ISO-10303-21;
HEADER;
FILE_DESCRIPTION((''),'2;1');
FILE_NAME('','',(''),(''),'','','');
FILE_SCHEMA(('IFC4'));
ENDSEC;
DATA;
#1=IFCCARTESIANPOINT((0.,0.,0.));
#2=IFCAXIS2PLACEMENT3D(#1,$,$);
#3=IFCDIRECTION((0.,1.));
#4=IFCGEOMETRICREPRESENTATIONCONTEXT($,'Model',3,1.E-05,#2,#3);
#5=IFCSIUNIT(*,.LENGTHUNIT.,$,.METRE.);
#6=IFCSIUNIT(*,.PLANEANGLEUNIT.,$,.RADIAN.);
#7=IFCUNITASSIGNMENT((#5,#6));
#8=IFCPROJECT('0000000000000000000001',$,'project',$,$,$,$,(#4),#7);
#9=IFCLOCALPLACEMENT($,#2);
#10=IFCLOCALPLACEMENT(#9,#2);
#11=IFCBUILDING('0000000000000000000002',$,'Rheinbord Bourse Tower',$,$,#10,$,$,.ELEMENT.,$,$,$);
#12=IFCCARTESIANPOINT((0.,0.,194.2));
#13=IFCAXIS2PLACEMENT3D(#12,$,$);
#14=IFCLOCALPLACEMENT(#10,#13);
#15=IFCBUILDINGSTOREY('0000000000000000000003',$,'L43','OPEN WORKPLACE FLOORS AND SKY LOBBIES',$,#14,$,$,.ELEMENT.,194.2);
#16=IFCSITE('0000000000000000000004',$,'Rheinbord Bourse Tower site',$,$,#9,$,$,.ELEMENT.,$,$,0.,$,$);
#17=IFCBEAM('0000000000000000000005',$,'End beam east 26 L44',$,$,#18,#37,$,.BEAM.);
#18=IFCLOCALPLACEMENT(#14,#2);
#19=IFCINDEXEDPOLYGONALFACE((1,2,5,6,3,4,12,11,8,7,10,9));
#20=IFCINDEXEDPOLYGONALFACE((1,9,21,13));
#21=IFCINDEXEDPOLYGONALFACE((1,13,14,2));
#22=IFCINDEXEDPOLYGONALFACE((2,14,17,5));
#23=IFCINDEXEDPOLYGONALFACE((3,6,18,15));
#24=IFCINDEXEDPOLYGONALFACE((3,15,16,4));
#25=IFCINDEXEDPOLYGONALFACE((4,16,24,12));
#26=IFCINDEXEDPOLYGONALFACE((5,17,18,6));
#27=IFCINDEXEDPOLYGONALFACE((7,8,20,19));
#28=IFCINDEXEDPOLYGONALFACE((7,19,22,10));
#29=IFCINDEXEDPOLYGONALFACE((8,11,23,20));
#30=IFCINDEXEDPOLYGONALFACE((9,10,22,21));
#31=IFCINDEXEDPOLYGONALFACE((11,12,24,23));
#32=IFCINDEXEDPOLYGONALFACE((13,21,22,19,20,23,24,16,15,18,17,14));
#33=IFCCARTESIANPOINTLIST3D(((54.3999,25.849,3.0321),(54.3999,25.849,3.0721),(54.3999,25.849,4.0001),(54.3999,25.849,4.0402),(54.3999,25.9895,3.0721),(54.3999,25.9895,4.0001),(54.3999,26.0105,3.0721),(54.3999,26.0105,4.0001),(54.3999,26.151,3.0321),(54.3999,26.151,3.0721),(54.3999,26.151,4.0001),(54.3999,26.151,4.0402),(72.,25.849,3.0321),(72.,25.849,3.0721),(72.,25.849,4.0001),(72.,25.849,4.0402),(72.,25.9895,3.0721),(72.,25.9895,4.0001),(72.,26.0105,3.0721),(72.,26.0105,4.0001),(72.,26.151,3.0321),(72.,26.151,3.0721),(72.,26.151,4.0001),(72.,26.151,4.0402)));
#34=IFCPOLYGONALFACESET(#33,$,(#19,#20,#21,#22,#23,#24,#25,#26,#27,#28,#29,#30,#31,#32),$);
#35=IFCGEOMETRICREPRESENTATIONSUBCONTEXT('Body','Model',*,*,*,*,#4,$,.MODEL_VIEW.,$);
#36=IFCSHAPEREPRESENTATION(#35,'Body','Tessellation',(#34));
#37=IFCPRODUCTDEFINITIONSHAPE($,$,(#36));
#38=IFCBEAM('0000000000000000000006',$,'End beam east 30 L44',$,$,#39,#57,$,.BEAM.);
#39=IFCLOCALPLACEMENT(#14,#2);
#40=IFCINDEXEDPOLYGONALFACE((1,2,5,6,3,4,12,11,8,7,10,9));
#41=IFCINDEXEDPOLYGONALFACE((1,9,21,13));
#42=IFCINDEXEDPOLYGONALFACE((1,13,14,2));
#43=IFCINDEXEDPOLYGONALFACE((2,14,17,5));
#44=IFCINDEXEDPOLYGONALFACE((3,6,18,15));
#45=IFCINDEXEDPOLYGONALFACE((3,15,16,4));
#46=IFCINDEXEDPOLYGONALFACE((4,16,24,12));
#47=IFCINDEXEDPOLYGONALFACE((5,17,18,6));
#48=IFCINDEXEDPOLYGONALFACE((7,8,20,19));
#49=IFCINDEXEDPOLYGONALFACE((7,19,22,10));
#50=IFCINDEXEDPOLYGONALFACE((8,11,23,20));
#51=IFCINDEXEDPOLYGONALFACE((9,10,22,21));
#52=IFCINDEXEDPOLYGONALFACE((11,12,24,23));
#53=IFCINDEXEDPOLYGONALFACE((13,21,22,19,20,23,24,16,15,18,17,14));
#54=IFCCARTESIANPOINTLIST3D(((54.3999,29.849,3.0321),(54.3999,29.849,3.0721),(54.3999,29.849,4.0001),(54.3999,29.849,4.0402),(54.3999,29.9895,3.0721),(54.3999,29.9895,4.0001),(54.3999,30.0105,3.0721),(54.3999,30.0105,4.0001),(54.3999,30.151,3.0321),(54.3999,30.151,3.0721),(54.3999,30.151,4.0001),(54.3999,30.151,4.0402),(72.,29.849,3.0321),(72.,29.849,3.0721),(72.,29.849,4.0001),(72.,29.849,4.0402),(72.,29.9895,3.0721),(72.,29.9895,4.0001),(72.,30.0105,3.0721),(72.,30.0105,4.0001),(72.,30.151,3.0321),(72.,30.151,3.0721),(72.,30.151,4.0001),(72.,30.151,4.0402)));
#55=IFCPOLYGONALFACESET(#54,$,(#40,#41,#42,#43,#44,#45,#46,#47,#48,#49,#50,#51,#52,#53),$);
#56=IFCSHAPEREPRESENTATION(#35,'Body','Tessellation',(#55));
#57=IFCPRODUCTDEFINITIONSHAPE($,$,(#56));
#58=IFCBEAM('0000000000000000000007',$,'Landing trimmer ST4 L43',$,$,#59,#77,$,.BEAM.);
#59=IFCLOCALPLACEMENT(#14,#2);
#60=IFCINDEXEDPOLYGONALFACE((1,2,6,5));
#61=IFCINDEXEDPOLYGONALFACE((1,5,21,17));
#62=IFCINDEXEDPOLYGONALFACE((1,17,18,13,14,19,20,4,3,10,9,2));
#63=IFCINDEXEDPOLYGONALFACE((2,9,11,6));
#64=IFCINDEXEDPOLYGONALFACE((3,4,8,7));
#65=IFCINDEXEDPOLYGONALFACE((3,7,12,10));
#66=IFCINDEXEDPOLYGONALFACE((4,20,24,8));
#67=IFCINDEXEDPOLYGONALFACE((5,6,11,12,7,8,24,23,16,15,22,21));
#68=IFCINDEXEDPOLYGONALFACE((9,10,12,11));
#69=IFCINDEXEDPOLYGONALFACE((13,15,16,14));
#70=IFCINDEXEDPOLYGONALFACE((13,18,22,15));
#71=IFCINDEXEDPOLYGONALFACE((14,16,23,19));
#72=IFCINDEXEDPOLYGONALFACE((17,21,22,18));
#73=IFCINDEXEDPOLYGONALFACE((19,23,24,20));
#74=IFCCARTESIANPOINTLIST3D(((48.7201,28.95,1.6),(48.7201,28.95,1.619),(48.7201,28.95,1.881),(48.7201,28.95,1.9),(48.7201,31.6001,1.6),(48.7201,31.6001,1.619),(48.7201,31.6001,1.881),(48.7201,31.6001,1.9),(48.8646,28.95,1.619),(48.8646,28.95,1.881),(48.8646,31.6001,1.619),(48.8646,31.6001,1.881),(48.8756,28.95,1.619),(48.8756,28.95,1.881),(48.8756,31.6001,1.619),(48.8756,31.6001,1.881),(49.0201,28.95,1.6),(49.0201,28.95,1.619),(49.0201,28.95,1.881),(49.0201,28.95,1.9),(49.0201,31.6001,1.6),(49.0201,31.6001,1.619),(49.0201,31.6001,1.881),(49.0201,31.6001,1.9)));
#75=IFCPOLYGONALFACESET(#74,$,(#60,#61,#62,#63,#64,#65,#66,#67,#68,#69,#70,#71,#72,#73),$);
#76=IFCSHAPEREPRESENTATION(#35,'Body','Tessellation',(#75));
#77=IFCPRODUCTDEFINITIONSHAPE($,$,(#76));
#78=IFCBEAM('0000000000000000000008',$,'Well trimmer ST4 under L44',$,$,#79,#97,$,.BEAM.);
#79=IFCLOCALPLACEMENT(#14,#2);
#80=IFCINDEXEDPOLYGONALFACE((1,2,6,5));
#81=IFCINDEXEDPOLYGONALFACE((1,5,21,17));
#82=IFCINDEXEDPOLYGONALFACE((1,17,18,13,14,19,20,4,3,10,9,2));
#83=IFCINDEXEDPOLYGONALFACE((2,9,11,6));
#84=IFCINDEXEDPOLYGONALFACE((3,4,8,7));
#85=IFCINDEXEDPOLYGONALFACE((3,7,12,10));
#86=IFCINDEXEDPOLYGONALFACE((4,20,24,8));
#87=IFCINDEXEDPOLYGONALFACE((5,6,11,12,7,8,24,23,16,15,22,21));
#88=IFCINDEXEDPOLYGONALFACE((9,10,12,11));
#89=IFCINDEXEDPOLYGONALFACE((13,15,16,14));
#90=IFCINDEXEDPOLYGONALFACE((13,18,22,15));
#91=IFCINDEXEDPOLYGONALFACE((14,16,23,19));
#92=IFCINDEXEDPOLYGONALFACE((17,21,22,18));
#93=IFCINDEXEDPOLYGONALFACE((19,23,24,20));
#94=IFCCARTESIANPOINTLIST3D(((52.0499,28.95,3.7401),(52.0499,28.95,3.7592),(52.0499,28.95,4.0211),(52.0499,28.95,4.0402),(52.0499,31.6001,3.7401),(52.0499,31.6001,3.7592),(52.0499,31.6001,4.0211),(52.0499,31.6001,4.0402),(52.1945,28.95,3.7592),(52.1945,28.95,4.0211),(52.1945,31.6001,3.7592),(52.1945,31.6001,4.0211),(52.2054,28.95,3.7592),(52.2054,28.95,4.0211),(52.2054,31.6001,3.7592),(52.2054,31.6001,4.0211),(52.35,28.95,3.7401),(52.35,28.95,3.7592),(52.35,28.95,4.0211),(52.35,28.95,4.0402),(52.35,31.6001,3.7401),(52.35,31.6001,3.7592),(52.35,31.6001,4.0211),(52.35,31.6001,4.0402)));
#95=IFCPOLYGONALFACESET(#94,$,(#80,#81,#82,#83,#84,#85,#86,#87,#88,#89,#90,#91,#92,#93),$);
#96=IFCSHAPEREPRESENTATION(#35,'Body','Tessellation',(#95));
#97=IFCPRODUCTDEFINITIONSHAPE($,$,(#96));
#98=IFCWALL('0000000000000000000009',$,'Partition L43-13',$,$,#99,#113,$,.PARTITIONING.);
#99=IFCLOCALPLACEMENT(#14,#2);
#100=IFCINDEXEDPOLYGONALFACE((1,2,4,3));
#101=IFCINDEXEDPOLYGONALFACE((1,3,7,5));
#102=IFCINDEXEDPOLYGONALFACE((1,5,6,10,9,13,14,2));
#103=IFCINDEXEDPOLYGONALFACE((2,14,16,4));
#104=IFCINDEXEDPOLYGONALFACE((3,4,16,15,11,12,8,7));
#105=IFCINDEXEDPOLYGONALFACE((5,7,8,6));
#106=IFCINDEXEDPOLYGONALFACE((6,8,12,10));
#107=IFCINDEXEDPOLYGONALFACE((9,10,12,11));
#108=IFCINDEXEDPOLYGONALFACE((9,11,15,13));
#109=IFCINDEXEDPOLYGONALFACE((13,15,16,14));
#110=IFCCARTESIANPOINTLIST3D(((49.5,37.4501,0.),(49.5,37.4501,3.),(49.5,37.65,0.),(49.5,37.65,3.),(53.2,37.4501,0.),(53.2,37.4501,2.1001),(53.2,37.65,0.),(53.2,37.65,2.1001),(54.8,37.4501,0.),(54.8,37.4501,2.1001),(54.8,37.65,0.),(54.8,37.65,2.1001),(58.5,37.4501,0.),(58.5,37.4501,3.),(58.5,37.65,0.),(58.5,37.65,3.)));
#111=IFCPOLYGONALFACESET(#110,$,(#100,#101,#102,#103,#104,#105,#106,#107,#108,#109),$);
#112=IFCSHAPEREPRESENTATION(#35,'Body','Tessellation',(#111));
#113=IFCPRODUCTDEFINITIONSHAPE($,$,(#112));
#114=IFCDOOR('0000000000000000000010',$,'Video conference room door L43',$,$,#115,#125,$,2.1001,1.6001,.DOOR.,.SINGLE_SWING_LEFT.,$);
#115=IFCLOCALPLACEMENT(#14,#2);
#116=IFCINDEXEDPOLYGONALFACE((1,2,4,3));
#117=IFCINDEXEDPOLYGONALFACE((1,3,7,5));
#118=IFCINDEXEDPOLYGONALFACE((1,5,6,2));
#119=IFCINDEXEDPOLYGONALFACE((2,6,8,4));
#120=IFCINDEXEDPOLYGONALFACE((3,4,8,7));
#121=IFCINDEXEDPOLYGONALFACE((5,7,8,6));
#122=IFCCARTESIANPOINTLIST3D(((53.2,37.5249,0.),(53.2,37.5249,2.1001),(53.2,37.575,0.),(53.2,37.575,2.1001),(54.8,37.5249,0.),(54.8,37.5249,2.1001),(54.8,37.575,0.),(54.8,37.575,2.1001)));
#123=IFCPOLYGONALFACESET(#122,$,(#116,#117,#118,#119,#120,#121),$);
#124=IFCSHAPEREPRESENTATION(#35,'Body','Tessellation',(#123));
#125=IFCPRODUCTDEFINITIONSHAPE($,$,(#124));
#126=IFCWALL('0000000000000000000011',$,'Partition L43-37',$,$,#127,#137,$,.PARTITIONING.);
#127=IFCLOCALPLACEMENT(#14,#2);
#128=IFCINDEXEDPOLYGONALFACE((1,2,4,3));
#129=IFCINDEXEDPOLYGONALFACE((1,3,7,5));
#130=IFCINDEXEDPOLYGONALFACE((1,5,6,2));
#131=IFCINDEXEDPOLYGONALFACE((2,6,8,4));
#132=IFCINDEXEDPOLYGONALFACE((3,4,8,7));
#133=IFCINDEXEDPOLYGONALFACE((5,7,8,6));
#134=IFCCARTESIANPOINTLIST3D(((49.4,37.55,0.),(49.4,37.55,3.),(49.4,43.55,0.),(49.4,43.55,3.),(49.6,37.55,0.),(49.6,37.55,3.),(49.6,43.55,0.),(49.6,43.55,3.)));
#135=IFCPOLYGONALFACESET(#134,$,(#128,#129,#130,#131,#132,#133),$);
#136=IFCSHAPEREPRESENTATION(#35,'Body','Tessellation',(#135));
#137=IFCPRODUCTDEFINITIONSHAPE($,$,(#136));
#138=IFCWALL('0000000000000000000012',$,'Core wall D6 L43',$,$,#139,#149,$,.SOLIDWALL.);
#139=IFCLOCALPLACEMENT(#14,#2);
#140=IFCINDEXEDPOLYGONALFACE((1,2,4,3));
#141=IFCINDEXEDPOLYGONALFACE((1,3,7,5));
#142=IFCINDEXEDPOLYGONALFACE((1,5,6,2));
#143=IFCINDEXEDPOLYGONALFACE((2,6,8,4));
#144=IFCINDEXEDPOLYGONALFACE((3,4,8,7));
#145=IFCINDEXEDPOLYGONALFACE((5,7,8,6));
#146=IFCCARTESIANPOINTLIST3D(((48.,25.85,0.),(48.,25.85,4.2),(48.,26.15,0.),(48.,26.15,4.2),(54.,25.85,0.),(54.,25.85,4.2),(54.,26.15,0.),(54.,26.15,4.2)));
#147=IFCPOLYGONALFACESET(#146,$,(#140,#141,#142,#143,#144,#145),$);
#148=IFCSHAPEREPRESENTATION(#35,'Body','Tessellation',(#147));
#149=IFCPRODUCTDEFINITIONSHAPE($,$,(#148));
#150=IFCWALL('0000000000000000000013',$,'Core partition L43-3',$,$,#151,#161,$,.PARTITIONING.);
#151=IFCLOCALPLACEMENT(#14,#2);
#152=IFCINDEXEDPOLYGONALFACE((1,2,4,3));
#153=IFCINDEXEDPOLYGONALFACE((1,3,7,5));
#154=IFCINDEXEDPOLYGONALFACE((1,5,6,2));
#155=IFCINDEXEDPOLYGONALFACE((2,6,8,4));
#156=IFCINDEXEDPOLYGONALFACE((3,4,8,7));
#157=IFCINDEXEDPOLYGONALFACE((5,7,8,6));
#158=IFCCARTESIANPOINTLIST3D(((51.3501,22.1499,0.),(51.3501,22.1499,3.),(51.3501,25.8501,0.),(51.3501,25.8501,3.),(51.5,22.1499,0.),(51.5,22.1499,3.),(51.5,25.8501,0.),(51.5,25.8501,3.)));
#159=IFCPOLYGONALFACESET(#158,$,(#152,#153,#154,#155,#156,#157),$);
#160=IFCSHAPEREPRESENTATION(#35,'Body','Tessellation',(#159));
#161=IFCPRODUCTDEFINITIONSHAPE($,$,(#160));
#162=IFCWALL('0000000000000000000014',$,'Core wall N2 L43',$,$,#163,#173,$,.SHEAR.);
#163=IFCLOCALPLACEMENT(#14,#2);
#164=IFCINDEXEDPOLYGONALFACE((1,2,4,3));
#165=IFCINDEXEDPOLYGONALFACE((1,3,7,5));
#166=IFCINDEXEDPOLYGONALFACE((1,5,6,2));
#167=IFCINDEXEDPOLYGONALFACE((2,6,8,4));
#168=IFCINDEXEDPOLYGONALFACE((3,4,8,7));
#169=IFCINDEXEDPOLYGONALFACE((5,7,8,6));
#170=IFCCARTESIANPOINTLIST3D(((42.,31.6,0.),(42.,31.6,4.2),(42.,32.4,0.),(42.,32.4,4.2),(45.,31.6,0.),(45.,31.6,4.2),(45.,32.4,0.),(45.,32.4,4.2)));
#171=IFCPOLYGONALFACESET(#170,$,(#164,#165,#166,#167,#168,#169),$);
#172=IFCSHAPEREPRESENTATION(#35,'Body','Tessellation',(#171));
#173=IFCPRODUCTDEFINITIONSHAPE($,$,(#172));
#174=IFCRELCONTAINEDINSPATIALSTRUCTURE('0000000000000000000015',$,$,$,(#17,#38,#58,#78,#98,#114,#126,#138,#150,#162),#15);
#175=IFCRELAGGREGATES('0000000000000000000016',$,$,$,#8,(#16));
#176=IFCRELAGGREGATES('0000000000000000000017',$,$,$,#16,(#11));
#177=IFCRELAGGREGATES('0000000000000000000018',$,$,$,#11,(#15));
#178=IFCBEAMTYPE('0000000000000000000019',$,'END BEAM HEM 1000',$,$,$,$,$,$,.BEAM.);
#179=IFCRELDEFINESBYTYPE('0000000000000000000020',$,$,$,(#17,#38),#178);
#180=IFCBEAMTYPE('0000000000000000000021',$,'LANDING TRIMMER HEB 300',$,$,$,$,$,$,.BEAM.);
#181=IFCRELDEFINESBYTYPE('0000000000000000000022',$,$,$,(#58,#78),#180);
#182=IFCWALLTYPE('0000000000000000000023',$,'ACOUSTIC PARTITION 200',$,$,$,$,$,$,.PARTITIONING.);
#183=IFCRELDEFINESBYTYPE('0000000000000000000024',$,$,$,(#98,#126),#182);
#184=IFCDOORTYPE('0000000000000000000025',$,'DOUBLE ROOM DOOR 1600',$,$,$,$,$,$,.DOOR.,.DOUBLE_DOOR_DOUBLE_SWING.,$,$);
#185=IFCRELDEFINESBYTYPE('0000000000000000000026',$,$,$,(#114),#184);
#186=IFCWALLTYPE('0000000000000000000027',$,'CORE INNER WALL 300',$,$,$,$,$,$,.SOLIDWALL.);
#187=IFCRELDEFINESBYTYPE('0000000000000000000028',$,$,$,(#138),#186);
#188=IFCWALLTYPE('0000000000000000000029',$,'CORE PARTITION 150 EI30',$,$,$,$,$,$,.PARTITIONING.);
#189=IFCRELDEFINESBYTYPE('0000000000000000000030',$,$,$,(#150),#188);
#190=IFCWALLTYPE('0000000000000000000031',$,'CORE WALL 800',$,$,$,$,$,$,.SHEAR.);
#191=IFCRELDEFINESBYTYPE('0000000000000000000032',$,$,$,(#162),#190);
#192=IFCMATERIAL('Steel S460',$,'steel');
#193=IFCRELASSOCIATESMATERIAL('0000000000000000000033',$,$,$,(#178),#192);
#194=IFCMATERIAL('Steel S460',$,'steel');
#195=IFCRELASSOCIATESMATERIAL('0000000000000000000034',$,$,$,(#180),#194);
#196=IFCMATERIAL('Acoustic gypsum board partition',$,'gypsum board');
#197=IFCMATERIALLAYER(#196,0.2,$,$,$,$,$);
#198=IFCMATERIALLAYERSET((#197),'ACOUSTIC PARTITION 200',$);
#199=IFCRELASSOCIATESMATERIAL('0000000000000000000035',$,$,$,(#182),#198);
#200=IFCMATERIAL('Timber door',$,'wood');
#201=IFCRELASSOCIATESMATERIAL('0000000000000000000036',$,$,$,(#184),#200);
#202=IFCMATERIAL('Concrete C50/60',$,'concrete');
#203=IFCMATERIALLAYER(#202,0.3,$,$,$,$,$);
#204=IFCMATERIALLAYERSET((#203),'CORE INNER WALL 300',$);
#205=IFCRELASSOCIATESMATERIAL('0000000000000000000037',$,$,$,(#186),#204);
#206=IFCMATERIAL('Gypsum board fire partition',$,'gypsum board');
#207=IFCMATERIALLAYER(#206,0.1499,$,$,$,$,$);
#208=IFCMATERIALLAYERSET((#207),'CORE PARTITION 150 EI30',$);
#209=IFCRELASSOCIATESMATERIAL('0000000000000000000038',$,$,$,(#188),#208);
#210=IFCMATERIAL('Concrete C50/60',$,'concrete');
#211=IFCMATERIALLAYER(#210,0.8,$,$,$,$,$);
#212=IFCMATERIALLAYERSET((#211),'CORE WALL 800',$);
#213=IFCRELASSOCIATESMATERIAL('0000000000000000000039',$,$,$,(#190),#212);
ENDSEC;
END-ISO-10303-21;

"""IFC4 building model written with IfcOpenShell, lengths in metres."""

from ifc_helpers import new_model, si_unit, direction, frame, frame_2d, origin, origin_2d, place, context, subcontext, project, spatial, rectangle, i_section, extrude, material, layer, layer_set, material_profile, profile_set, type_object, element, fill, save


model = new_model("IFC4")

# Units and contexts
model_context = context("Model", 3, precision=1e-05, world=origin(), true_north=direction((0.0, 1.0)))
body_context = subcontext(model_context, "Body", "Model", "MODEL_VIEW")
ifc_project = project(units=[si_unit("LENGTHUNIT", "METRE"), si_unit("PLANEANGLEUNIT", "RADIAN")], contexts=[model_context])

# Site, building, storey
site_placement = place(None, origin())
site = spatial("IfcSite", under=ifc_project, at=site_placement, Name="Rheinbord Bourse Tower site", CompositionType="ELEMENT", RefElevation=0.0)
building_placement = place(site_placement, origin())
building = spatial("IfcBuilding", under=site, at=building_placement, Name="Rheinbord Bourse Tower", CompositionType="ELEMENT")
storey_placement = place(building_placement, frame((0.0, 0.0, 194.2)))
storey = spatial("IfcBuildingStorey", under=building, at=storey_placement, Name="L43", Description="OPEN WORKPLACE FLOORS AND SKY LOBBIES", CompositionType="ELEMENT", Elevation=194.2)

# Beams
ifc_material_1 = material(Name="Steel S460", Category="steel")
ifc_material_profile_1 = material_profile(ifc_material_1, i_section(OverallWidth=0.302, OverallDepth=1.0081, WebThickness=0.021, FlangeThickness=0.04, at=origin_2d()), Name="HEM 1000")
ifc_profile_set_1 = profile_set([ifc_material_profile_1], Name="Steel S460")
beam_type_1 = type_object("IfcBeamType", Name="END BEAM HEM 1000", PredefinedType="BEAM", material=ifc_profile_set_1)
for number, where, z_axis, x_axis, name in (
    (1, (54.3999, 26.0, 3.5361), (1.0, 0.0, 0.0), (0.0, 1.0, 0.0), "End beam east 26 L44"),
    (2, (54.3999, 30.0, 3.5361), (1.0, 0.0, 0.0), (0.0, 1.0, 0.0), "End beam east 30 L44"),
):
    element("IfcBeam", number, at=place(storey_placement, frame(where, z_axis=z_axis, x_axis=x_axis)), inside=storey, type_object=beam_type_1, Name=name, PredefinedType="BEAM", context=body_context, shape_type="SweptSolid", body=[
        extrude(i_section(OverallWidth=0.302, OverallDepth=1.0081, WebThickness=0.021, FlangeThickness=0.04, at=origin_2d()), origin(), (0.0, 0.0, 1.0), 17.6001),
    ])
ifc_material_2 = material(Name="Steel S460", Category="steel")
ifc_material_profile_2 = material_profile(ifc_material_2, i_section(OverallWidth=0.3, OverallDepth=0.3, WebThickness=0.011, FlangeThickness=0.019, at=origin_2d()), Name="HEB 300")
ifc_profile_set_2 = profile_set([ifc_material_profile_2], Name="Steel S460")
beam_type_2 = type_object("IfcBeamType", Name="LANDING TRIMMER HEB 300", PredefinedType="BEAM", material=ifc_profile_set_2)
for number, where, z_axis, x_axis, name in (
    (3, (48.8701, 28.95, 1.75), (0.0, 1.0, 0.0), (-1.0, 0.0, 0.0), "Landing trimmer ST4 L43"),
    (4, (52.2, 28.95, 3.8901), (0.0, 1.0, 0.0), (-1.0, 0.0, 0.0), "Well trimmer ST4 under L44"),
):
    element("IfcBeam", number, at=place(storey_placement, frame(where, z_axis=z_axis, x_axis=x_axis)), inside=storey, type_object=beam_type_2, Name=name, PredefinedType="BEAM", context=body_context, shape_type="SweptSolid", body=[
        extrude(i_section(OverallWidth=0.3, OverallDepth=0.3, WebThickness=0.011, FlangeThickness=0.019, at=origin_2d()), origin(), (0.0, 0.0, 1.0), 2.6501),
    ])

# Wall, opening, door
ifc_material_3 = material(Name="Acoustic gypsum board partition", Category="gypsum board")
ifc_layer_1 = layer(ifc_material_3, 0.2)
ifc_layer_set_1 = layer_set([ifc_layer_1], Name="ACOUSTIC PARTITION 200")
wall_type_1 = type_object("IfcWallType", Name="ACOUSTIC PARTITION 200", PredefinedType="PARTITIONING", material=ifc_layer_set_1)
wall_1_placement = place(storey_placement, frame((49.5, 37.55, 0.0), z_axis=(0.0, 0.0, 1.0), x_axis=(1.0, 0.0, 0.0)))
wall_1 = element("IfcWall", 5, at=wall_1_placement, inside=storey, type_object=wall_type_1, Name="Partition L43-13", PredefinedType="PARTITIONING", context=body_context, shape_type="SweptSolid", body=[
    extrude(rectangle(XDim=9.0, YDim=0.2, at=frame_2d((4.5, 0.0))), origin(), (0.0, 0.0, 1.0), 3.0),
])
opening_1_placement = place(wall_1_placement, frame((3.7, 0.0, 0.0)))
opening_1 = element("IfcOpeningElement", 6, at=opening_1_placement, cuts=wall_1, PredefinedType="OPENING", context=body_context, shape_type="SweptSolid", body=[
    extrude(rectangle(XDim=1.6001, YDim=2.1001, at=frame_2d((0.8, 1.05))), frame((0.0, 0.1099, 0.0), z_axis=(0.0, -1.0, 0.0), x_axis=(1.0, 0.0, 0.0)), (0.0, 0.0, 1.0), 0.22),
])
ifc_material_4 = material(Name="Timber door", Category="wood")
door_type_1 = type_object("IfcDoorType", Name="DOUBLE ROOM DOOR 1600", OperationType="DOUBLE_DOOR_DOUBLE_SWING", PredefinedType="DOOR", material=ifc_material_4)
door_1_placement = place(opening_1_placement, origin())
door_1 = element("IfcDoor", 7, at=door_1_placement, inside=storey, type_object=door_type_1, Name="Video conference room door L43", OperationType="SINGLE_SWING_LEFT", OverallHeight=2.1001, OverallWidth=1.6001, PredefinedType="DOOR", context=body_context, shape_type="SweptSolid", body=[
    extrude(rectangle(XDim=1.6001, YDim=2.1001, at=frame_2d((0.8, 1.05))), frame((0.0, 0.0249, 0.0), z_axis=(0.0, -1.0, 0.0), x_axis=(1.0, 0.0, 0.0)), (0.0, 0.0, 1.0), 0.05),
])
fill(opening_1, door_1)

# Walls
wall_2_placement = place(storey_placement, frame((49.5, 37.55, 0.0), z_axis=(0.0, 0.0, 1.0), x_axis=(0.0, 1.0, 0.0)))
element("IfcWall", 8, at=wall_2_placement, inside=storey, type_object=wall_type_1, Name="Partition L43-37", PredefinedType="PARTITIONING", context=body_context, shape_type="SweptSolid", body=[
    extrude(rectangle(XDim=6.0, YDim=0.2, at=frame_2d((3.0, 0.0))), origin(), (0.0, 0.0, 1.0), 3.0),
])
ifc_material_5 = material(Name="Concrete C50/60", Category="concrete")
ifc_layer_2 = layer(ifc_material_5, 0.3)
ifc_layer_set_2 = layer_set([ifc_layer_2], Name="CORE INNER WALL 300")
wall_type_2 = type_object("IfcWallType", Name="CORE INNER WALL 300", PredefinedType="SOLIDWALL", material=ifc_layer_set_2)
wall_3_placement = place(storey_placement, frame((48.0, 26.0, 0.0), z_axis=(0.0, 0.0, 1.0), x_axis=(1.0, 0.0, 0.0)))
element("IfcWall", 9, at=wall_3_placement, inside=storey, type_object=wall_type_2, Name="Core wall D6 L43", PredefinedType="SOLIDWALL", context=body_context, shape_type="SweptSolid", body=[
    extrude(rectangle(XDim=6.0, YDim=0.3, at=frame_2d((3.0, 0.0))), origin(), (0.0, 0.0, 1.0), 4.2),
])
ifc_material_6 = material(Name="Gypsum board fire partition", Category="gypsum board")
ifc_layer_3 = layer(ifc_material_6, 0.1499)
ifc_layer_set_3 = layer_set([ifc_layer_3], Name="CORE PARTITION 150 EI30")
wall_type_3 = type_object("IfcWallType", Name="CORE PARTITION 150 EI30", PredefinedType="PARTITIONING", material=ifc_layer_set_3)
wall_4_placement = place(storey_placement, frame((51.425, 22.1499, 0.0), z_axis=(0.0, 0.0, 1.0), x_axis=(0.0, 1.0, 0.0)))
element("IfcWall", 10, at=wall_4_placement, inside=storey, type_object=wall_type_3, Name="Core partition L43-3", PredefinedType="PARTITIONING", context=body_context, shape_type="SweptSolid", body=[
    extrude(rectangle(XDim=3.7002, YDim=0.1499, at=frame_2d((1.8501, 0.0))), origin(), (0.0, 0.0, 1.0), 3.0),
])
ifc_material_7 = material(Name="Concrete C50/60", Category="concrete")
ifc_layer_4 = layer(ifc_material_7, 0.8)
ifc_layer_set_4 = layer_set([ifc_layer_4], Name="CORE WALL 800")
wall_type_4 = type_object("IfcWallType", Name="CORE WALL 800", PredefinedType="SHEAR", material=ifc_layer_set_4)
wall_5_placement = place(storey_placement, frame((45.0, 32.0, 0.0), z_axis=(0.0, 0.0, 1.0), x_axis=(-1.0, 0.0, 0.0)))
element("IfcWall", 11, at=wall_5_placement, inside=storey, type_object=wall_type_4, Name="Core wall N2 L43", PredefinedType="SHEAR", context=body_context, shape_type="SweptSolid", body=[
    extrude(rectangle(XDim=3.0, YDim=0.8, at=frame_2d((1.5, 0.0))), origin(), (0.0, 0.0, 1.0), 4.2),
])

save(model, "model.ifc")
